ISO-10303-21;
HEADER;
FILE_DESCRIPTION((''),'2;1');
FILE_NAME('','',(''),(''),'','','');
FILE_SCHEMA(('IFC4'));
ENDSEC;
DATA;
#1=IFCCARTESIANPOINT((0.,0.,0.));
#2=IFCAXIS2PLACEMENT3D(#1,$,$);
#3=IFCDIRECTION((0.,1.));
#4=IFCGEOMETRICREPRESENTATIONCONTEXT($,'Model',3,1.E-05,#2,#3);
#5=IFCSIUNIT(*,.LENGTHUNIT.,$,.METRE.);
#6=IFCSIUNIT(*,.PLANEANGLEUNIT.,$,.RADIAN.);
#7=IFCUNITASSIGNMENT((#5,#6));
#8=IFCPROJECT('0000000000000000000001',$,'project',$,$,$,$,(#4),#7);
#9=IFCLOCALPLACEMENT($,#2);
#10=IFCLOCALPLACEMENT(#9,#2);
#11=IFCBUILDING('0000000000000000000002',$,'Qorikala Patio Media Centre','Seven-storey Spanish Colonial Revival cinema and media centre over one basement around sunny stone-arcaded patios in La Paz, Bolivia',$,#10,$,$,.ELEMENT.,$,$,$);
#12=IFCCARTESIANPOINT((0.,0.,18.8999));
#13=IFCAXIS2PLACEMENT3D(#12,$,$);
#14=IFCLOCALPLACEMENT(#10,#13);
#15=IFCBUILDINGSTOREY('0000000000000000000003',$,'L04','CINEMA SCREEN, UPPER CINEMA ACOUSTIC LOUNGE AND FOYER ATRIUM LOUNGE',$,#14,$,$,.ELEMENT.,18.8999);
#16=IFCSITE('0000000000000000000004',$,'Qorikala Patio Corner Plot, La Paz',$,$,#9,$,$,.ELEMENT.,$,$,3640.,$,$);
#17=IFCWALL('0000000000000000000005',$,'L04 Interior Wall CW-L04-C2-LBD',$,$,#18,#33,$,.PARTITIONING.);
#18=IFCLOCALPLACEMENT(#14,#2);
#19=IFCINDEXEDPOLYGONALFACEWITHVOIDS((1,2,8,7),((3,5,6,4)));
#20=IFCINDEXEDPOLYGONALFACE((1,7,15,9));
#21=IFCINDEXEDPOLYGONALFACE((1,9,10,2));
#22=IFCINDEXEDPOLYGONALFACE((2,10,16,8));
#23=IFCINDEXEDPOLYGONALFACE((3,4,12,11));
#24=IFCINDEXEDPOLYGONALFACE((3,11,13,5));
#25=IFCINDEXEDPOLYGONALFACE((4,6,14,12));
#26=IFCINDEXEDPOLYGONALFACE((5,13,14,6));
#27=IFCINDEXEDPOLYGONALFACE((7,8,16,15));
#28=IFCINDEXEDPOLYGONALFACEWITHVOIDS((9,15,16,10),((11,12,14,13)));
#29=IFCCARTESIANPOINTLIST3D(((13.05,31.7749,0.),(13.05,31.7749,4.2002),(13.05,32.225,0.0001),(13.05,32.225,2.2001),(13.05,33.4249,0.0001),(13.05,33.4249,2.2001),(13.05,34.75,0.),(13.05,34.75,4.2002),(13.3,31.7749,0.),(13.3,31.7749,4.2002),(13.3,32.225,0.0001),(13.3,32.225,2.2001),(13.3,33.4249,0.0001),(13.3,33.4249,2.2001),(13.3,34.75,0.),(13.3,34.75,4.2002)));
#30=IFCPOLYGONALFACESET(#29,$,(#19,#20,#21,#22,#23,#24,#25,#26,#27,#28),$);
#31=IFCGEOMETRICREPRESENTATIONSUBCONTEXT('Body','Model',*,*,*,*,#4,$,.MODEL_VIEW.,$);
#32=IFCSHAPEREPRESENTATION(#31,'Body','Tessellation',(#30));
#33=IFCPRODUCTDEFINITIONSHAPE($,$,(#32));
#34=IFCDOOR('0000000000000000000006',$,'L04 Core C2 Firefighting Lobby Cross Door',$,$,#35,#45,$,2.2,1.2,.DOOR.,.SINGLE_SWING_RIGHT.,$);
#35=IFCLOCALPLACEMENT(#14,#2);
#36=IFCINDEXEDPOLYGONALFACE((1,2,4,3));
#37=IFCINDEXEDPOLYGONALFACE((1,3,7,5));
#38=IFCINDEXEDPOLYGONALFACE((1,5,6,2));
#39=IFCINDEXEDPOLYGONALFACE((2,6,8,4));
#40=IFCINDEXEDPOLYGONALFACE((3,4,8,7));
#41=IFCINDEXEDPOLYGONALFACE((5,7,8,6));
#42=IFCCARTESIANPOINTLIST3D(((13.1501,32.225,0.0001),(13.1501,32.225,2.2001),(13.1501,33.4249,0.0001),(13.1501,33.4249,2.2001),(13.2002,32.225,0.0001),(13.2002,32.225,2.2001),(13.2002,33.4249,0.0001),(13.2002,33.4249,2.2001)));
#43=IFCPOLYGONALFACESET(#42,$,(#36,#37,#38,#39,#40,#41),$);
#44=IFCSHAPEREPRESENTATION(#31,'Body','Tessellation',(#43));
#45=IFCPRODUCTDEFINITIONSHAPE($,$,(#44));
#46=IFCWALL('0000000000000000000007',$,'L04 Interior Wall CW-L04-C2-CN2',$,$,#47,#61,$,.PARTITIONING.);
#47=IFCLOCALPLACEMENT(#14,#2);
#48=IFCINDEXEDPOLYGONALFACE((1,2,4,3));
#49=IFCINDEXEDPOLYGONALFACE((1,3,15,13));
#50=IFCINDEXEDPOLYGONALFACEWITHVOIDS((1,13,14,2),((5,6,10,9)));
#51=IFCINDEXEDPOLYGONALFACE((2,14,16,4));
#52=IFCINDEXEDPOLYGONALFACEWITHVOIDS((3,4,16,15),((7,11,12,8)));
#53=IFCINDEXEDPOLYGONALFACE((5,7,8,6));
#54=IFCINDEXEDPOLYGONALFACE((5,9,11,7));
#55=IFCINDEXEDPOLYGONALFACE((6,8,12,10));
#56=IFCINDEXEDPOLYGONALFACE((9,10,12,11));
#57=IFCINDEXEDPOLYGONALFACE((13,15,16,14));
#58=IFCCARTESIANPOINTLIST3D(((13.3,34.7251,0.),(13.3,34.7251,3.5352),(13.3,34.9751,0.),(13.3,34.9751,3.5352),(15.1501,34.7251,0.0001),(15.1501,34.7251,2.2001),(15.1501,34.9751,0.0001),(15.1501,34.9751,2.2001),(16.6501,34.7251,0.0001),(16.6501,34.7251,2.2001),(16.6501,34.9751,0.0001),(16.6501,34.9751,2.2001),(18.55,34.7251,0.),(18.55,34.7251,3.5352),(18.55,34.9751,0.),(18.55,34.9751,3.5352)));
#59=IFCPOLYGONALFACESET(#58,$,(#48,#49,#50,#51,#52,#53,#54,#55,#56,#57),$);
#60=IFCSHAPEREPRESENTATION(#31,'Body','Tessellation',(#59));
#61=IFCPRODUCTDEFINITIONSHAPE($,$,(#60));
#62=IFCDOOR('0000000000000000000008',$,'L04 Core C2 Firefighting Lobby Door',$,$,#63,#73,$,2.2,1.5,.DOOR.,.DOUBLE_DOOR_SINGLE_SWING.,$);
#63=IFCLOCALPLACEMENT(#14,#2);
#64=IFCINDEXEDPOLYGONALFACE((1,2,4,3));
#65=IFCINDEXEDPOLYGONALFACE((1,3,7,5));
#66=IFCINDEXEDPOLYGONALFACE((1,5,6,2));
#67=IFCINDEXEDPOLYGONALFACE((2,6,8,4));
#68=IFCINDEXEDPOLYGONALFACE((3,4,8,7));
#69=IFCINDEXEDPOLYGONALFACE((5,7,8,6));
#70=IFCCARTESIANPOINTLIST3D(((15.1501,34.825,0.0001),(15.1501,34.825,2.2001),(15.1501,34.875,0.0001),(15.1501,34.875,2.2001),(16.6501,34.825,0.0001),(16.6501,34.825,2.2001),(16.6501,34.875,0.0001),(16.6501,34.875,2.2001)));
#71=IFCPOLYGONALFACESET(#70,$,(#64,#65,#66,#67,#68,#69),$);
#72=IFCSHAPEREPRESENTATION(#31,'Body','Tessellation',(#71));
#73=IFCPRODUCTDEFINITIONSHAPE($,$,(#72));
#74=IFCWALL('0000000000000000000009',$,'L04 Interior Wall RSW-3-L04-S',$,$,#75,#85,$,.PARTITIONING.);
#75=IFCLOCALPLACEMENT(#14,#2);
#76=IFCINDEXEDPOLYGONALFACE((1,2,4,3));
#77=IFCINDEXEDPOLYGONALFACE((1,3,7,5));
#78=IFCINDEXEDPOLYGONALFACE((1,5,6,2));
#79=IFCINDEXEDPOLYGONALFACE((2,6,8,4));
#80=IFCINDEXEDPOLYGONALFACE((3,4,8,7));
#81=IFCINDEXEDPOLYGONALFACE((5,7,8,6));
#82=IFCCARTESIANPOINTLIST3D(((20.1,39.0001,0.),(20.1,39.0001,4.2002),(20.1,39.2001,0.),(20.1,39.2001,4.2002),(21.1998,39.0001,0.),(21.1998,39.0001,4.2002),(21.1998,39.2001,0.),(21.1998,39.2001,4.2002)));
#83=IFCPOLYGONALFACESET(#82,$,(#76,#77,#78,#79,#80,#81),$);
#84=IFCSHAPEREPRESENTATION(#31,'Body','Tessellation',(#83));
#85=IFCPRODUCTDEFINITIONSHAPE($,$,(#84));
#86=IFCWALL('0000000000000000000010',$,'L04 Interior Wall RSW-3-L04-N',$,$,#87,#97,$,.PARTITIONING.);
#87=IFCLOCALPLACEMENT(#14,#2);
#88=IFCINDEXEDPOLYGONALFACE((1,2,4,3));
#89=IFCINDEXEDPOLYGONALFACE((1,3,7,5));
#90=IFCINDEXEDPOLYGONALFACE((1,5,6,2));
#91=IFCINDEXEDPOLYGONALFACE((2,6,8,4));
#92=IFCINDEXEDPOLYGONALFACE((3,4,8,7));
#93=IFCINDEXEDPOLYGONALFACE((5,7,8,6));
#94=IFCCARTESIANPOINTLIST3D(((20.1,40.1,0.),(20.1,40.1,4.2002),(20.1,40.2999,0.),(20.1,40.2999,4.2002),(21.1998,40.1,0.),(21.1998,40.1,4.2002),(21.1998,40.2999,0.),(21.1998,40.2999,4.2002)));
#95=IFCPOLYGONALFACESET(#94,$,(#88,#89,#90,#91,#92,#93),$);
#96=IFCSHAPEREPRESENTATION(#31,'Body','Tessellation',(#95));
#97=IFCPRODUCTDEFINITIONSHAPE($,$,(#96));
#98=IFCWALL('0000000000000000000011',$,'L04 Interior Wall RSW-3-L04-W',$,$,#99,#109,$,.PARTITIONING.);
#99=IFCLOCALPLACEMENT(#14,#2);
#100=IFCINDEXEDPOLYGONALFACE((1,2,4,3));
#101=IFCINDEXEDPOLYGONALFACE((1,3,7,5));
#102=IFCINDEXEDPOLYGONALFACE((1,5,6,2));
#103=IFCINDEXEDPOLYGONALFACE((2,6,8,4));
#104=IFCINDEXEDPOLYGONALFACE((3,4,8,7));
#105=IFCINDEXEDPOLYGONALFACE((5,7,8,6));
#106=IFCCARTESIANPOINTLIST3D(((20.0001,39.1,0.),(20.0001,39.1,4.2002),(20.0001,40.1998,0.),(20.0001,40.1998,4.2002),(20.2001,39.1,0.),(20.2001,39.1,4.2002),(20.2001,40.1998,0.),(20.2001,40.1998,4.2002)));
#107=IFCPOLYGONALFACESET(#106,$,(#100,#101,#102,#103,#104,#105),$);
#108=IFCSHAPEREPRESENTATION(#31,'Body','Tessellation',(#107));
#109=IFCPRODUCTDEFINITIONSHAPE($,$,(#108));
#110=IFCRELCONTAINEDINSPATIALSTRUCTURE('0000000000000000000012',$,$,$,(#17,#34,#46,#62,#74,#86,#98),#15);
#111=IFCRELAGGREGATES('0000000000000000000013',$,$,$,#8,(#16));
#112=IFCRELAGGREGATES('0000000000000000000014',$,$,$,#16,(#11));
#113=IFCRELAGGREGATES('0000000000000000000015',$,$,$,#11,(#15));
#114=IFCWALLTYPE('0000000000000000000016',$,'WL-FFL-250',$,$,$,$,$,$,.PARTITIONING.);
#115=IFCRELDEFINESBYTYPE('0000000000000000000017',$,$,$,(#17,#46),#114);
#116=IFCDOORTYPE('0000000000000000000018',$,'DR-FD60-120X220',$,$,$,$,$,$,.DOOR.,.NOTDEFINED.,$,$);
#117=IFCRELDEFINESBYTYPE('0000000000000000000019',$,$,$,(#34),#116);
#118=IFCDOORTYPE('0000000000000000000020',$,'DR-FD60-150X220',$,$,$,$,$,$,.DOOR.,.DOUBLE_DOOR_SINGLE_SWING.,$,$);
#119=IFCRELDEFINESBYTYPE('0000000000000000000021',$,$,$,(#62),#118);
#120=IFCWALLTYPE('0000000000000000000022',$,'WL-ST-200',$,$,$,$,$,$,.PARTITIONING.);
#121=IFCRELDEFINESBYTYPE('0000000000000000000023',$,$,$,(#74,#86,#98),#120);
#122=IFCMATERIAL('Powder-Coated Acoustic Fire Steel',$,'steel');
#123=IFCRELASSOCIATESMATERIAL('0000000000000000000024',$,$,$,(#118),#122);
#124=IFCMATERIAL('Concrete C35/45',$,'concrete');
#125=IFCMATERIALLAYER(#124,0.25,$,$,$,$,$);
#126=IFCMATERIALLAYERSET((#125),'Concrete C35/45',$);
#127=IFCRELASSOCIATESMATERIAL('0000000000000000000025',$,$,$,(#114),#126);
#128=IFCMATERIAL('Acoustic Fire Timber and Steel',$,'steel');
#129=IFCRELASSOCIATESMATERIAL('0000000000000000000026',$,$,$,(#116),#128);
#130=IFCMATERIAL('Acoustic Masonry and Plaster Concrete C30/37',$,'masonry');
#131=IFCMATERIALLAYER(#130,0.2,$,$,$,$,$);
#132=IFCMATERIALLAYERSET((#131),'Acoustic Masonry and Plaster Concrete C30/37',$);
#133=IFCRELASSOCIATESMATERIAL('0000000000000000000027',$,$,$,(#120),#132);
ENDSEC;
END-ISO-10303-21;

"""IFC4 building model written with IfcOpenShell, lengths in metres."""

from ifc_helpers import new_model, si_unit, direction, frame, frame_2d, origin, place, context, subcontext, project, spatial, rectangle, extrude, material, layer, layer_set, type_object, element, fill, save


model = new_model("IFC4")

# Units and contexts
model_context = context("Model", 3, precision=1e-05, world=origin(), true_north=direction((0.0, 1.0)))
body_context = subcontext(model_context, "Body", "Model", "MODEL_VIEW")
ifc_project = project(units=[si_unit("LENGTHUNIT", "METRE"), si_unit("PLANEANGLEUNIT", "RADIAN")], contexts=[model_context])

# Site, building, storey
site_placement = place(None, origin())
site = spatial("IfcSite", under=ifc_project, at=site_placement, Name="Qorikala Patio Corner Plot, La Paz", CompositionType="ELEMENT", RefElevation=3640.0)
building_placement = place(site_placement, origin())
building = spatial("IfcBuilding", under=site, at=building_placement, Name="Qorikala Patio Media Centre", Description="Seven-storey Spanish Colonial Revival cinema and media centre over one basement around sunny stone-arcaded patios in La Paz, Bolivia", CompositionType="ELEMENT")
storey_placement = place(building_placement, frame((0.0, 0.0, 18.8999)))
storey = spatial("IfcBuildingStorey", under=building, at=storey_placement, Name="L04", Description="CINEMA SCREEN, UPPER CINEMA ACOUSTIC LOUNGE AND FOYER ATRIUM LOUNGE", CompositionType="ELEMENT", Elevation=18.8999)

# Shared definitions
ifc_material_1 = material(Name="Concrete C35/45", Category="concrete")

# Walls, openings, doors
ifc_material_2 = material(Name="Powder-Coated Acoustic Fire Steel", Category="steel")
door_type_1 = type_object("IfcDoorType", Name="DR-FD60-150X220", OperationType="DOUBLE_DOOR_SINGLE_SWING", PredefinedType="DOOR", material=ifc_material_2)
ifc_layer_1 = layer(ifc_material_1, 0.25)
ifc_layer_set_1 = layer_set([ifc_layer_1], Name="Concrete C35/45")
wall_type_1 = type_object("IfcWallType", Name="WL-FFL-250", PredefinedType="PARTITIONING", material=ifc_layer_set_1)
wall_1_placement = place(storey_placement, frame((13.175, 31.7749, 0.0), z_axis=(0.0, 0.0, 1.0), x_axis=(0.0, 1.0, 0.0)))
wall_1 = element("IfcWall", 1, at=wall_1_placement, inside=storey, type_object=wall_type_1, Name="L04 Interior Wall CW-L04-C2-LBD", PredefinedType="PARTITIONING", context=body_context, shape_type="SweptSolid", body=[
    extrude(rectangle(XDim=2.9751, YDim=0.25, at=frame_2d((1.4875, 0.0))), origin(), (0.0, 0.0, 1.0), 4.2002),
])
opening_1_placement = place(wall_1_placement, frame((0.45, 0.0, 0.0)))
opening_1 = element("IfcOpeningElement", 2, at=opening_1_placement, cuts=wall_1, PredefinedType="OPENING", context=body_context, shape_type="SweptSolid", body=[
    extrude(rectangle(XDim=1.2, YDim=2.2, at=frame_2d((0.6001, 1.1001))), frame((0.0, 0.135, 0.0), z_axis=(0.0, -1.0, 0.0), x_axis=(1.0, 0.0, 0.0)), (0.0, 0.0, 1.0), 0.27),
])
ifc_material_3 = material(Name="Acoustic Fire Timber and Steel", Category="steel")
door_type_2 = type_object("IfcDoorType", Name="DR-FD60-120X220", OperationType="NOTDEFINED", PredefinedType="DOOR", material=ifc_material_3)
door_1_placement = place(opening_1_placement, origin())
door_1 = element("IfcDoor", 3, at=door_1_placement, inside=storey, type_object=door_type_2, Name="L04 Core C2 Firefighting Lobby Cross Door", OperationType="SINGLE_SWING_RIGHT", OverallHeight=2.2, OverallWidth=1.2, PredefinedType="DOOR", context=body_context, shape_type="SweptSolid", body=[
    extrude(rectangle(XDim=1.2, YDim=2.2, at=frame_2d((0.6001, 1.1001))), frame((0.0, 0.0249, 0.0), z_axis=(0.0, -1.0, 0.0), x_axis=(1.0, 0.0, 0.0)), (0.0, 0.0, 1.0), 0.05),
])
fill(opening_1, door_1)
wall_2_placement = place(storey_placement, frame((13.3, 34.8501, 0.0), z_axis=(0.0, 0.0, 1.0), x_axis=(1.0, 0.0, 0.0)))
wall_2 = element("IfcWall", 4, at=wall_2_placement, inside=storey, type_object=wall_type_1, Name="L04 Interior Wall CW-L04-C2-CN2", PredefinedType="PARTITIONING", context=body_context, shape_type="SweptSolid", body=[
    extrude(rectangle(XDim=5.25, YDim=0.25, at=frame_2d((2.625, 0.0))), origin(), (0.0, 0.0, 1.0), 3.5352),
])
opening_2_placement = place(wall_2_placement, frame((1.8501, 0.0, 0.0)))
opening_2 = element("IfcOpeningElement", 5, at=opening_2_placement, cuts=wall_2, PredefinedType="OPENING", context=body_context, shape_type="SweptSolid", body=[
    extrude(rectangle(XDim=1.5, YDim=2.2, at=frame_2d((0.75, 1.1001))), frame((0.0, 0.135, 0.0), z_axis=(0.0, -1.0, 0.0), x_axis=(1.0, 0.0, 0.0)), (0.0, 0.0, 1.0), 0.27),
])
door_2_placement = place(opening_2_placement, origin())
door_2 = element("IfcDoor", 6, at=door_2_placement, inside=storey, type_object=door_type_1, Name="L04 Core C2 Firefighting Lobby Door", OperationType="DOUBLE_DOOR_SINGLE_SWING", OverallHeight=2.2, OverallWidth=1.5, PredefinedType="DOOR", context=body_context, shape_type="SweptSolid", body=[
    extrude(rectangle(XDim=1.5, YDim=2.2, at=frame_2d((0.75, 1.1001))), frame((0.0, 0.0249, 0.0), z_axis=(0.0, -1.0, 0.0), x_axis=(1.0, 0.0, 0.0)), (0.0, 0.0, 1.0), 0.05),
])
fill(opening_2, door_2)

# Walls
ifc_material_4 = material(Name="Acoustic Masonry and Plaster Concrete C30/37", Category="masonry")
ifc_layer_2 = layer(ifc_material_4, 0.2)
ifc_layer_set_2 = layer_set([ifc_layer_2], Name="Acoustic Masonry and Plaster Concrete C30/37")
wall_type_2 = type_object("IfcWallType", Name="WL-ST-200", PredefinedType="PARTITIONING", material=ifc_layer_set_2)
for number, where, z_axis, x_axis, name in (
    (7, (20.1001, 39.1001, 0.0), (0.0, 0.0, 1.0), (1.0, 0.0, 0.0), "L04 Interior Wall RSW-3-L04-S"),
    (8, (20.1001, 40.2, 0.0), (0.0, 0.0, 1.0), (1.0, 0.0, 0.0), "L04 Interior Wall RSW-3-L04-N"),
    (9, (20.1001, 39.1001, 0.0), (0.0, 0.0, 1.0), (0.0, 1.0, 0.0), "L04 Interior Wall RSW-3-L04-W"),
):
    element("IfcWall", number, at=place(storey_placement, frame(where, z_axis=z_axis, x_axis=x_axis)), inside=storey, type_object=wall_type_2, Name=name, PredefinedType="PARTITIONING", context=body_context, shape_type="SweptSolid", body=[
        extrude(rectangle(XDim=1.0999, YDim=0.2, at=frame_2d((0.5498, 0.0))), origin(), (0.0, 0.0, 1.0), 4.2002),
    ])

save(model, "model.ifc")
